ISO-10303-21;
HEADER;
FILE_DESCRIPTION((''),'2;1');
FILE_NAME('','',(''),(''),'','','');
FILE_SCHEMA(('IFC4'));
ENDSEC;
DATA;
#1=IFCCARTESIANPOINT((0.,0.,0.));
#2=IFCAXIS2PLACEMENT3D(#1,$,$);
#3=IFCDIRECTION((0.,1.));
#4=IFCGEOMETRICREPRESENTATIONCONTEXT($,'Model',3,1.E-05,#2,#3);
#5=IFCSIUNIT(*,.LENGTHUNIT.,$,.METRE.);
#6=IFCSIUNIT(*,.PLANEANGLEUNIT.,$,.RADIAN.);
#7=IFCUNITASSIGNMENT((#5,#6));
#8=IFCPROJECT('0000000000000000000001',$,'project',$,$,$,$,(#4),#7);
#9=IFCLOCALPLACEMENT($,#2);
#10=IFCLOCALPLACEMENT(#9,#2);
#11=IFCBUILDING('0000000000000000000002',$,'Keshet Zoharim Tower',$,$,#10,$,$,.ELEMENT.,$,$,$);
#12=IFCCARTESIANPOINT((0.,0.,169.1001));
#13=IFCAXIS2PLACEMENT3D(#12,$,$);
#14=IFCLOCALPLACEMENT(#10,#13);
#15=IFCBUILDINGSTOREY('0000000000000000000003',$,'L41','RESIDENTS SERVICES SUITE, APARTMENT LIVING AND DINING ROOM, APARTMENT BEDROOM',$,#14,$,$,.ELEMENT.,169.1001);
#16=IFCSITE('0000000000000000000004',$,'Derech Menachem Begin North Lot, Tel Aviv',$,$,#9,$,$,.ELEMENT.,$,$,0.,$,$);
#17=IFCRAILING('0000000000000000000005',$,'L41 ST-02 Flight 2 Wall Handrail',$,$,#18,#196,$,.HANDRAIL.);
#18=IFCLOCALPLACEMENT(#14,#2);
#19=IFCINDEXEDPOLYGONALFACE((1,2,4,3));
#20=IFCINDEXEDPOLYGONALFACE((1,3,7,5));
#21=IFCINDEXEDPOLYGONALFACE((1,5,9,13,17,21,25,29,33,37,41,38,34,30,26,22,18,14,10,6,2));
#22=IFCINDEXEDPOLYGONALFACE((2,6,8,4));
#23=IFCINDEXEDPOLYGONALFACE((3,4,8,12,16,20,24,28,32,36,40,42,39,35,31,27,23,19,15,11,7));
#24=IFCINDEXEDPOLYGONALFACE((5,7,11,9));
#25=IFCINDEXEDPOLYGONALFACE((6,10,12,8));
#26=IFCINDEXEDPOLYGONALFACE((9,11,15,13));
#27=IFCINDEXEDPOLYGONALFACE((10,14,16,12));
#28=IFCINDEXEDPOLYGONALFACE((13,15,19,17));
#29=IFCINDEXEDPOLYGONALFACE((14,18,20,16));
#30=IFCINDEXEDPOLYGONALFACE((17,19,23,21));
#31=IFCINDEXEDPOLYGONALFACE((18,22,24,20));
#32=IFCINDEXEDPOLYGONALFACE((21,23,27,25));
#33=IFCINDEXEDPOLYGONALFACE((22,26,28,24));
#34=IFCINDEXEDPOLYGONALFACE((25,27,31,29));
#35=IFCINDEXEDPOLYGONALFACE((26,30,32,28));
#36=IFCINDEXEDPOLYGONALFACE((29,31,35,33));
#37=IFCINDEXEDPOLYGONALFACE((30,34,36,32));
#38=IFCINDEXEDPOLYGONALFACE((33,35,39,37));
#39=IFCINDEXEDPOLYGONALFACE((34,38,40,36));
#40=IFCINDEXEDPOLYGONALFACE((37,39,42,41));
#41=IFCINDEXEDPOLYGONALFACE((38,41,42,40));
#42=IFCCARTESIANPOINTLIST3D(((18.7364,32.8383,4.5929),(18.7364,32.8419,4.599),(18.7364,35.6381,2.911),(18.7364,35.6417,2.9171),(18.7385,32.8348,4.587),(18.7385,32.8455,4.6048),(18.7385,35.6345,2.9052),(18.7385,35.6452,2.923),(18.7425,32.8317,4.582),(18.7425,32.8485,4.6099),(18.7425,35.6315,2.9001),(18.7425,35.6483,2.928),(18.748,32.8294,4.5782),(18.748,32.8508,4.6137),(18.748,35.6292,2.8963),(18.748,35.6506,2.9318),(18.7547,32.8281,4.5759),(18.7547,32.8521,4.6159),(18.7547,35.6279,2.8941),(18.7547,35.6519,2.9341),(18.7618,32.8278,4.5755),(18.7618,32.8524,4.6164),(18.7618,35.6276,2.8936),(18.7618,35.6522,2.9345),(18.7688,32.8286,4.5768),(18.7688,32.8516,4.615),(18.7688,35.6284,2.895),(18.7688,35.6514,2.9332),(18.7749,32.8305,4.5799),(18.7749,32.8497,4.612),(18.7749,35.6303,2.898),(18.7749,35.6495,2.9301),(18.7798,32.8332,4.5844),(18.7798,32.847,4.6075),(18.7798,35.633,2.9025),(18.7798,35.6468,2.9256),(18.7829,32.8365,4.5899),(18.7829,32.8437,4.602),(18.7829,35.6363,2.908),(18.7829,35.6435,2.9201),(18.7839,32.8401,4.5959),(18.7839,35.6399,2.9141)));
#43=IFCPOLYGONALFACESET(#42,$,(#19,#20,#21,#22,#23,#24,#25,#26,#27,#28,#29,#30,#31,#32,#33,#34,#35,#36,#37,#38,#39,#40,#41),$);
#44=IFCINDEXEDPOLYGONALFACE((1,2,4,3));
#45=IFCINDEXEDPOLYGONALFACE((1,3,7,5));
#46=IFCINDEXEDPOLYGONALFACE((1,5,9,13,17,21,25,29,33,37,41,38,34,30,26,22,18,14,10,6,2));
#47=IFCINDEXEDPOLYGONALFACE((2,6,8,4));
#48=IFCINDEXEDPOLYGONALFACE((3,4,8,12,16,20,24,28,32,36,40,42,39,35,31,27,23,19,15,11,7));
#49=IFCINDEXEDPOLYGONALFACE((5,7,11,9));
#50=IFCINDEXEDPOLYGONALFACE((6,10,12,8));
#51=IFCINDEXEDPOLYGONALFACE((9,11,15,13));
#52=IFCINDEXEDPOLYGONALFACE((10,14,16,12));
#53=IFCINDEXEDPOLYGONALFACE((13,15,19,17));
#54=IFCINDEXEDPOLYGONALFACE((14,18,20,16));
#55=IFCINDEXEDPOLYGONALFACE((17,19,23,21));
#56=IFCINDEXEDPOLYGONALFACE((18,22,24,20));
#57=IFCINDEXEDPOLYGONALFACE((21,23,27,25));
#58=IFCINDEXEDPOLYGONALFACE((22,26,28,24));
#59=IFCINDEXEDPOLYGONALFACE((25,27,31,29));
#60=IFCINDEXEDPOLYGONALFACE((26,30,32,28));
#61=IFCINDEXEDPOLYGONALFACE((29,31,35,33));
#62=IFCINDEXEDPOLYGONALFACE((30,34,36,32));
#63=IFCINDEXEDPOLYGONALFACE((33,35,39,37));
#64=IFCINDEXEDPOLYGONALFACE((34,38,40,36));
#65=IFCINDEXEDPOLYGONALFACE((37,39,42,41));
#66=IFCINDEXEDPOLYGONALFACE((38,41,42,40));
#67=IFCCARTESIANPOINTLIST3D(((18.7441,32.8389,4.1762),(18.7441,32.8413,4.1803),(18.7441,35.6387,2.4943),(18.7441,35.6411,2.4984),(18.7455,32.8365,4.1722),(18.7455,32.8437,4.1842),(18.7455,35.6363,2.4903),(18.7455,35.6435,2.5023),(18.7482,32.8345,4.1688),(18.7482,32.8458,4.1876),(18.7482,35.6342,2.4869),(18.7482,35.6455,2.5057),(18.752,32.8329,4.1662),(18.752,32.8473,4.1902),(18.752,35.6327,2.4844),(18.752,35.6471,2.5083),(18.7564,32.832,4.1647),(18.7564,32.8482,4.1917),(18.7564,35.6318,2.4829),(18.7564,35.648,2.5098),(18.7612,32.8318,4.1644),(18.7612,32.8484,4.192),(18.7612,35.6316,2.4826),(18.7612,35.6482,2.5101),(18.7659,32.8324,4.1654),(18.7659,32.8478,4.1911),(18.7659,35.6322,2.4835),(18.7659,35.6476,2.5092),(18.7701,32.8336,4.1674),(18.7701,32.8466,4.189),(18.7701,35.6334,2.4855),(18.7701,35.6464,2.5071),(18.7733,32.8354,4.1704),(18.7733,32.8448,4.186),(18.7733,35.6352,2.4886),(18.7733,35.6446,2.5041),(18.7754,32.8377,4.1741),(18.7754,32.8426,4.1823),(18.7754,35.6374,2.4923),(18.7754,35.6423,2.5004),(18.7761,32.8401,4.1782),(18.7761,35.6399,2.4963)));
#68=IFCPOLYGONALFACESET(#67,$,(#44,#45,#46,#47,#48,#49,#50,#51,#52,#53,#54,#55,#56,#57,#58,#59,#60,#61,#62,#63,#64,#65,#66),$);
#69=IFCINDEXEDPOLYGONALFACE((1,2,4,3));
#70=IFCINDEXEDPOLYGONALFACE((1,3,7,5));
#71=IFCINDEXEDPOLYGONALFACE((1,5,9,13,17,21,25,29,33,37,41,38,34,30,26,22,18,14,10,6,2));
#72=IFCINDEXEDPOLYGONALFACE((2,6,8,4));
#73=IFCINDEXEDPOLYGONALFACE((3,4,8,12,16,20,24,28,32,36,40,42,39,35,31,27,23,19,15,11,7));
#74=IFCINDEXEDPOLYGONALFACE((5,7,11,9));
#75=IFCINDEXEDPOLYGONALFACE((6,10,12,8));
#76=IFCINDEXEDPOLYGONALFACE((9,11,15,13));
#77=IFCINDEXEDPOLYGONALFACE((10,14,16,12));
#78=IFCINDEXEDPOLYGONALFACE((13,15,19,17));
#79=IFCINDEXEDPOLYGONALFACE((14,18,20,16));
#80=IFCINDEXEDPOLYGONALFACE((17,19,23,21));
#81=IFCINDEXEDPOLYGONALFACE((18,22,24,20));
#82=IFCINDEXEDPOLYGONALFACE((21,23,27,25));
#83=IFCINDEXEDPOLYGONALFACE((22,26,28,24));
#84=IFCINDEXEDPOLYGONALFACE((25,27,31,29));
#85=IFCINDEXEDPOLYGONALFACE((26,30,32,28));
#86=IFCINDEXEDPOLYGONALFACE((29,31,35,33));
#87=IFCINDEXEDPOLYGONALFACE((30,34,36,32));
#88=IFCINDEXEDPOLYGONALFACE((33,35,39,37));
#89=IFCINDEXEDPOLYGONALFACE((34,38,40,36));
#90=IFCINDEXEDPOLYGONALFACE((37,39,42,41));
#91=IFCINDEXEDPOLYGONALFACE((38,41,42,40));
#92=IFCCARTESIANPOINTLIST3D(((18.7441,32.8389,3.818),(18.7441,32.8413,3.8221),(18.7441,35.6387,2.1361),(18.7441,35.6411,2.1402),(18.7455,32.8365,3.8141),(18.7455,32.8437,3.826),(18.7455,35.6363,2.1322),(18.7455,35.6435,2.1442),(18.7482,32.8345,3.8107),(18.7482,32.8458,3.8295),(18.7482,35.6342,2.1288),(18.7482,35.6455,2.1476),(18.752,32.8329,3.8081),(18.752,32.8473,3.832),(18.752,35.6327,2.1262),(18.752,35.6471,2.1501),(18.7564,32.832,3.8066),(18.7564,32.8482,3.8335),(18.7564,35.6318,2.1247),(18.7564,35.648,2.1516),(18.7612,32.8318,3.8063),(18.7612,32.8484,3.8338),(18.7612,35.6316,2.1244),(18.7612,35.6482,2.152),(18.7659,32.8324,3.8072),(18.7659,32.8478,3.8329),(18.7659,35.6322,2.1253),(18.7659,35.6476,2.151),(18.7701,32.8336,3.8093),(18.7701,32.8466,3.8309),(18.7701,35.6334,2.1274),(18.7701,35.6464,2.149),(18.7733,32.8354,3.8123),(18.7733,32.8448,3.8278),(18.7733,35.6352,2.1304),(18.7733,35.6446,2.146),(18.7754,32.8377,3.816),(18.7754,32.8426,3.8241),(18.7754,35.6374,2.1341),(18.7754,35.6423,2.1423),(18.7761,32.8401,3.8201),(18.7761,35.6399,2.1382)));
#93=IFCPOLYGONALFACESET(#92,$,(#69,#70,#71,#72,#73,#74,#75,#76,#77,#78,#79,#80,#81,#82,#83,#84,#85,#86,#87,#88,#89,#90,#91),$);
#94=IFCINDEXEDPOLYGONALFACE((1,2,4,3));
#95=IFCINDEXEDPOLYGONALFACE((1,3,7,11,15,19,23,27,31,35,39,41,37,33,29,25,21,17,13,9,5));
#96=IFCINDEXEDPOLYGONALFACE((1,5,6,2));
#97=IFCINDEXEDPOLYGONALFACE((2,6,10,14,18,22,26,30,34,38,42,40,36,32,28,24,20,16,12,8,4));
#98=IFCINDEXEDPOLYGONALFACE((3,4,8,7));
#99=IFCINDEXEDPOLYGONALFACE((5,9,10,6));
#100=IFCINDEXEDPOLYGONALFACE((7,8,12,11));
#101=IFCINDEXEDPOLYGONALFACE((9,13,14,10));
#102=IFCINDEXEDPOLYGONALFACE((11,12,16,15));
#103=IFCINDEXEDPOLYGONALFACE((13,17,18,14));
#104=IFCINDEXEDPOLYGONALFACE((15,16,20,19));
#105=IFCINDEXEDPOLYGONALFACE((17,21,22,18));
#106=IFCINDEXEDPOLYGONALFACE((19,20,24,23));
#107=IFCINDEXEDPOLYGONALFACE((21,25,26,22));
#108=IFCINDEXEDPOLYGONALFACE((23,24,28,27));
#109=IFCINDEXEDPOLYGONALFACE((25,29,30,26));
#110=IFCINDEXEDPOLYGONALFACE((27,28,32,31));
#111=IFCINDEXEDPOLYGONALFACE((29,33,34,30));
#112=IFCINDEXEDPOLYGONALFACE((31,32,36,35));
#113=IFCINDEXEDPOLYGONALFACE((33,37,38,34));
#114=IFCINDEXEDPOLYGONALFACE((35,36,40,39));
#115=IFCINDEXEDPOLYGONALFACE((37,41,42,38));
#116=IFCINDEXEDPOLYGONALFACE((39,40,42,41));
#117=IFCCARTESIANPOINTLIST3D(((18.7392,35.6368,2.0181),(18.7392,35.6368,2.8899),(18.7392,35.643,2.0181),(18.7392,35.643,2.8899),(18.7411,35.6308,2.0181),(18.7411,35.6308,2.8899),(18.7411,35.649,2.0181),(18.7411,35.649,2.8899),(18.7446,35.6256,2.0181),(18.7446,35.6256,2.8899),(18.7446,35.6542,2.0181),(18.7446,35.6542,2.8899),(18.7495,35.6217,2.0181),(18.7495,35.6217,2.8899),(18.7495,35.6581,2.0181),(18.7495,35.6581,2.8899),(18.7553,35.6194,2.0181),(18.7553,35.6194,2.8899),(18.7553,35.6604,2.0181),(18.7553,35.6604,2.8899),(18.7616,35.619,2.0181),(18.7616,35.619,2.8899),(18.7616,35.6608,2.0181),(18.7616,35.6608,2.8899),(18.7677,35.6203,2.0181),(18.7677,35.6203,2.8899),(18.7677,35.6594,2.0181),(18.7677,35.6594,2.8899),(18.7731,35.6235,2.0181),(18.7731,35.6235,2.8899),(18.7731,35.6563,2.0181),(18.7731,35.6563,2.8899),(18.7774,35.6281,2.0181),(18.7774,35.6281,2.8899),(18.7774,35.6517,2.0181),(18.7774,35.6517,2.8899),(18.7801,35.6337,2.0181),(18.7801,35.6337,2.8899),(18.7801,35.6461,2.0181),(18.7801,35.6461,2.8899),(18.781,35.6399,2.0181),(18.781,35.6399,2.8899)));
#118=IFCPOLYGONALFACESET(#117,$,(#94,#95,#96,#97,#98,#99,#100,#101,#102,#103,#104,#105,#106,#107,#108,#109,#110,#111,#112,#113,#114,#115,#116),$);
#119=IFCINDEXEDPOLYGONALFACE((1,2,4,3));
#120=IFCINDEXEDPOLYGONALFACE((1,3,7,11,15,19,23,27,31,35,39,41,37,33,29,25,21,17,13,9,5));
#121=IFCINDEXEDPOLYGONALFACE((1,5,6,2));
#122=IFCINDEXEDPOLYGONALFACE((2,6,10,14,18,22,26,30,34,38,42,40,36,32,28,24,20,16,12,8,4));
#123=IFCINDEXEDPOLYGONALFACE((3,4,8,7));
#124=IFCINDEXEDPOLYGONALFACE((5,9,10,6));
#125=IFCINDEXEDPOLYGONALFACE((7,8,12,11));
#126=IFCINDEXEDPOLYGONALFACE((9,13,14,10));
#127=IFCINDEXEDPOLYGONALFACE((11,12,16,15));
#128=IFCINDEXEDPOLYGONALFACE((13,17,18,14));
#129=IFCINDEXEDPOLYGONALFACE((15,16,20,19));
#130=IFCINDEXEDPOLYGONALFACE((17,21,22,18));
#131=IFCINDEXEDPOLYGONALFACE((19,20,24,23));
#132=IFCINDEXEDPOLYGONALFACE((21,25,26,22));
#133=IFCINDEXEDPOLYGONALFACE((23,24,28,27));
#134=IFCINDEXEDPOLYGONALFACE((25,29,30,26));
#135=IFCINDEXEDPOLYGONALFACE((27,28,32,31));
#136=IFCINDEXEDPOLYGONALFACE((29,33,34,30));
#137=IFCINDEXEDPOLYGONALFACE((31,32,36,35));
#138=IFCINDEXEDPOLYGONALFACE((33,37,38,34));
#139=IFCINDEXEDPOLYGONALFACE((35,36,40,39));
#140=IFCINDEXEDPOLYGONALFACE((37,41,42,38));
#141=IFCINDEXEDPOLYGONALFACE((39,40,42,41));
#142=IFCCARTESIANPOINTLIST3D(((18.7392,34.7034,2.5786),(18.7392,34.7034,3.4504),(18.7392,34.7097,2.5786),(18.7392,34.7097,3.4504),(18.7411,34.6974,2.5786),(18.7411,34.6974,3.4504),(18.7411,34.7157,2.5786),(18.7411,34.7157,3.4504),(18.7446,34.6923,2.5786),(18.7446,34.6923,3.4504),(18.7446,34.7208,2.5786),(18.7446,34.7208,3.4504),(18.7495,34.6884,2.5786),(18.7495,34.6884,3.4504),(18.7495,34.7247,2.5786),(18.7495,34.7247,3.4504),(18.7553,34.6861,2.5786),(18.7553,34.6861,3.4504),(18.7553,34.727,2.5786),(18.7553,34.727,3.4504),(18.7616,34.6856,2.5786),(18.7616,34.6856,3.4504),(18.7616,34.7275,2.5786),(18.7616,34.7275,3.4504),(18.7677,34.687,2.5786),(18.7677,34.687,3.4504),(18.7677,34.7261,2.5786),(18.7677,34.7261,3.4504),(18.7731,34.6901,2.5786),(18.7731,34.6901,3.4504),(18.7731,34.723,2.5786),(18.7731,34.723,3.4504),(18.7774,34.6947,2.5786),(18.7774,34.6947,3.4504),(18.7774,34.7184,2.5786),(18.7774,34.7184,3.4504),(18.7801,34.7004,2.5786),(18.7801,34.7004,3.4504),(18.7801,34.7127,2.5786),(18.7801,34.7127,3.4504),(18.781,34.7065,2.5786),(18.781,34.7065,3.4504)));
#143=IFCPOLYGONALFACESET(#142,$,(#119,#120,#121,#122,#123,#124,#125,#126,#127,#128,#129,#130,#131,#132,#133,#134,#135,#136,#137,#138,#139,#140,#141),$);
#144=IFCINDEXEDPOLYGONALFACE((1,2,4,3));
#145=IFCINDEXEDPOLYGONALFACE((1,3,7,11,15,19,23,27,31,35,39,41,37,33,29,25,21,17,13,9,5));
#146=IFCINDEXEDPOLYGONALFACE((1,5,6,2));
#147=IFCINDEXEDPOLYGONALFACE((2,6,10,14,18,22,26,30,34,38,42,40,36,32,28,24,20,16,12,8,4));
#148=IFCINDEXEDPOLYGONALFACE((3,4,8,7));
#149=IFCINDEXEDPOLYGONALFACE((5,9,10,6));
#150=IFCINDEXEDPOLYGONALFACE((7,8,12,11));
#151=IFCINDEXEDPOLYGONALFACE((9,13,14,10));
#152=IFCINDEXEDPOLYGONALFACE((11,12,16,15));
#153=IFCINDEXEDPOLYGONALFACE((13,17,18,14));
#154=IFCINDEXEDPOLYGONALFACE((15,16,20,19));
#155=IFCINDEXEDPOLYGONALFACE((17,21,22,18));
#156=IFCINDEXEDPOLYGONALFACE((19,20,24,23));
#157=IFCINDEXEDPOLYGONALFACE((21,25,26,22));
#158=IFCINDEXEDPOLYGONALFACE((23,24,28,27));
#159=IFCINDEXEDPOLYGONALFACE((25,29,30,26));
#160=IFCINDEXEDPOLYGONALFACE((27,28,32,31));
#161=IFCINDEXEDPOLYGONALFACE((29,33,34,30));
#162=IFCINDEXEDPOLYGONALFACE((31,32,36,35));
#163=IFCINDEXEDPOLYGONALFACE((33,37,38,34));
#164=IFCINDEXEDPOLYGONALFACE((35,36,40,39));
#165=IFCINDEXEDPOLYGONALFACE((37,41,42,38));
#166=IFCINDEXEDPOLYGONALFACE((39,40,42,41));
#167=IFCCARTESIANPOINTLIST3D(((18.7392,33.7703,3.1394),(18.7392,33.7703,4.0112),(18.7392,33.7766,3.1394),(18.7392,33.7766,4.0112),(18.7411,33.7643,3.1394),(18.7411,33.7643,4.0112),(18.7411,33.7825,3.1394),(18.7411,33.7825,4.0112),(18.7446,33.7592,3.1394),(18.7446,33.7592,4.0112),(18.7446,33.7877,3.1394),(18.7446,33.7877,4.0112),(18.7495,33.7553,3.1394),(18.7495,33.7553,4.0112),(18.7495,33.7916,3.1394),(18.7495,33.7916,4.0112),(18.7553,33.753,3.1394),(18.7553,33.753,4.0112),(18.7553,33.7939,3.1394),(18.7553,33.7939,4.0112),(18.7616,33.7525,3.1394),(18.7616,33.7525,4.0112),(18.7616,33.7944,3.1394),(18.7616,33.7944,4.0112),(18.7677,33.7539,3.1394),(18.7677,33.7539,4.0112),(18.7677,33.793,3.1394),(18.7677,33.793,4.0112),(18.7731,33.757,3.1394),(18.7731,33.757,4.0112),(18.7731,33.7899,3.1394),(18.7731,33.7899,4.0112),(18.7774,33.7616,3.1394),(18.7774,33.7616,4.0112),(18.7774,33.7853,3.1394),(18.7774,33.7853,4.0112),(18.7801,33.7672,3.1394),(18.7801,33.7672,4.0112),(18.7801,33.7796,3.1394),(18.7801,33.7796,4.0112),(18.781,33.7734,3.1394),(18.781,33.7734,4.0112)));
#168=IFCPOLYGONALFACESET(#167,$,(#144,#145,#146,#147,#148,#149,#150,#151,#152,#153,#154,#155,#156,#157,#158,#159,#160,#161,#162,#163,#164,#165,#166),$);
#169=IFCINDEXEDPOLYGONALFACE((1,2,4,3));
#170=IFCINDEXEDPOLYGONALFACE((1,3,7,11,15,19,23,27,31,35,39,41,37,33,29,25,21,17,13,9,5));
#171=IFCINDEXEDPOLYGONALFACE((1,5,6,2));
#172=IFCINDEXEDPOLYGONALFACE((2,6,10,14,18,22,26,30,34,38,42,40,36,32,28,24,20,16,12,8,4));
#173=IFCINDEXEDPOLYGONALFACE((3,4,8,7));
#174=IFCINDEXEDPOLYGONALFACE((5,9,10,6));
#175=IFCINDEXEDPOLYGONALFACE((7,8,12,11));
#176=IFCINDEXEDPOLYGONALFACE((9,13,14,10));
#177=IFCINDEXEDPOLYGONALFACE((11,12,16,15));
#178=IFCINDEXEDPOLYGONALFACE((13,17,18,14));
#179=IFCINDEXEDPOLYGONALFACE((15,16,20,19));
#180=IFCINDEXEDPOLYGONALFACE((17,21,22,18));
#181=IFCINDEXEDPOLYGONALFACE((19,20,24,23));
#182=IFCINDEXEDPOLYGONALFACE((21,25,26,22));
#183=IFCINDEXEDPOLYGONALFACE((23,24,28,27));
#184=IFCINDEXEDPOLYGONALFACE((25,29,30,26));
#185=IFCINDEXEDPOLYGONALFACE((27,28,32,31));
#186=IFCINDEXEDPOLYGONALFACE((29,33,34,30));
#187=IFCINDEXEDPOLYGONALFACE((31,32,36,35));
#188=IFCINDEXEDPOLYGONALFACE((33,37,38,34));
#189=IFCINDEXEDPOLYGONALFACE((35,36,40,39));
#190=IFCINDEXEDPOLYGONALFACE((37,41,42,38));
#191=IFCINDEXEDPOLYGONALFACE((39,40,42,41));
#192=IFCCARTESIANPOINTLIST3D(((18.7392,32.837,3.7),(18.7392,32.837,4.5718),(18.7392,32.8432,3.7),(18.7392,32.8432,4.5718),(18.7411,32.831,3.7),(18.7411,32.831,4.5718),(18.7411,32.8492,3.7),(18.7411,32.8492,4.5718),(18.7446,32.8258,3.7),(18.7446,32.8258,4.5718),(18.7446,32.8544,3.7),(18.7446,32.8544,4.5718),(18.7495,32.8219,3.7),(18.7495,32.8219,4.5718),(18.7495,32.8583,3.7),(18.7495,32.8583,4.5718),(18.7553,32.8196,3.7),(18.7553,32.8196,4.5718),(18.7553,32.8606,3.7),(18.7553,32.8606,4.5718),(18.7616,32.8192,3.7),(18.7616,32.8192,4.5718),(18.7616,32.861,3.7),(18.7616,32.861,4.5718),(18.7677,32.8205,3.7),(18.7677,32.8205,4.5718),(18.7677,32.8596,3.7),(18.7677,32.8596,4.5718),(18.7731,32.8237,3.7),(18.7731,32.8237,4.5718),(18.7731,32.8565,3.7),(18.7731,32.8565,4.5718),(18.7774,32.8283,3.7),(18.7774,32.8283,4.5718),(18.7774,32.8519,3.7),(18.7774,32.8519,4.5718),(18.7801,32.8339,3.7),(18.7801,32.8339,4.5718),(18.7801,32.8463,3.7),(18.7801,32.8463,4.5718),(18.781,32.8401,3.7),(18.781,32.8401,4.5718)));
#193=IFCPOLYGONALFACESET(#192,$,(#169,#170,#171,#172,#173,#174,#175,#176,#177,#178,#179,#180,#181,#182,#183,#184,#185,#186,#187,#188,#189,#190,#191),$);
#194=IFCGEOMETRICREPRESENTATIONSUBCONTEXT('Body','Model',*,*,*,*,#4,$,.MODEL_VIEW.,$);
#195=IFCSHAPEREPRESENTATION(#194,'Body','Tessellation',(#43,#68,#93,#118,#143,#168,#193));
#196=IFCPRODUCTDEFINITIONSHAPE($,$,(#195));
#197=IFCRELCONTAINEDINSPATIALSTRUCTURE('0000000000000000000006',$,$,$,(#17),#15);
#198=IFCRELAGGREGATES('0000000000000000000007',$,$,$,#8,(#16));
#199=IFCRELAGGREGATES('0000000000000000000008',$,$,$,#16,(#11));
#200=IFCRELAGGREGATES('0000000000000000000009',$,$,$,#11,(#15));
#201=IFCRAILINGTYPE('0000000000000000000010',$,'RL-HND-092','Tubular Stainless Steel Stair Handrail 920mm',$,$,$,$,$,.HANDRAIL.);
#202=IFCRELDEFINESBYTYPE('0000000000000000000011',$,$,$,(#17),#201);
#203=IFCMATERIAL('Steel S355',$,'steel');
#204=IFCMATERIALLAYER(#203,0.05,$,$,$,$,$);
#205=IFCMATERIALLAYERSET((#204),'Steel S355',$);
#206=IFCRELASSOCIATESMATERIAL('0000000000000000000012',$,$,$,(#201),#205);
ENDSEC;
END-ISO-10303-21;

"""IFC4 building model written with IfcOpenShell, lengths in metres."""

from ifc_helpers import new_model, si_unit, direction, frame, origin, origin_2d, place, context, subcontext, project, spatial, circle, extrude, material, layer, layer_set, type_object, element, save


model = new_model("IFC4")

# Units and contexts
model_context = context("Model", 3, precision=1e-05, world=origin(), true_north=direction((0.0, 1.0)))
body_context = subcontext(model_context, "Body", "Model", "MODEL_VIEW")
ifc_project = project(units=[si_unit("LENGTHUNIT", "METRE"), si_unit("PLANEANGLEUNIT", "RADIAN")], contexts=[model_context])

# Site, building, storey
site_placement = place(None, origin())
site = spatial("IfcSite", under=ifc_project, at=site_placement, Name="Derech Menachem Begin North Lot, Tel Aviv", CompositionType="ELEMENT", RefElevation=0.0)
building_placement = place(site_placement, origin())
building = spatial("IfcBuilding", under=site, at=building_placement, Name="Keshet Zoharim Tower", CompositionType="ELEMENT")
storey_placement = place(building_placement, frame((0.0, 0.0, 169.1001)))
storey = spatial("IfcBuildingStorey", under=building, at=storey_placement, Name="L41", Description="RESIDENTS SERVICES SUITE, APARTMENT LIVING AND DINING ROOM, APARTMENT BEDROOM", CompositionType="ELEMENT", Elevation=169.1001)

# Shared definitions
ifc_material_1 = material(Name="Steel S355", Category="steel")

# Railing
ifc_layer_1 = layer(ifc_material_1, 0.05)
ifc_layer_set_1 = layer_set([ifc_layer_1], Name="Steel S355")
railing_type_1 = type_object("IfcRailingType", Name="RL-HND-092", Description="Tubular Stainless Steel Stair Handrail 920mm", PredefinedType="HANDRAIL", material=ifc_layer_set_1)
railing_1_placement = place(storey_placement, frame((18.76, 35.6399, 2.0181)))
element("IfcRailing", 1, at=railing_1_placement, inside=storey, type_object=railing_type_1, Name="L41 ST-02 Flight 2 Wall Handrail", PredefinedType="HANDRAIL", context=body_context, shape_type="SweptSolid", body=[
    extrude(circle(Radius=0.0239, at=origin_2d()), frame((0.0, 0.0, 0.896), z_axis=(0.0, -0.857222, 0.514946), x_axis=(1.0, 0.0, 0.0)), (0.0, 0.0, 1.0), 3.2661),
    extrude(circle(Radius=0.0161, at=origin_2d()), frame((0.0, 0.0, 0.4783), z_axis=(0.0, -0.857222, 0.514946), x_axis=(1.0, 0.0, 0.0)), (0.0, 0.0, 1.0), 3.2661),
    extrude(circle(Radius=0.0161, at=origin_2d()), frame((0.0, 0.0, 0.1201), z_axis=(0.0, -0.857222, 0.514946), x_axis=(1.0, 0.0, 0.0)), (0.0, 0.0, 1.0), 3.2661),
    extrude(circle(Radius=0.021, at=origin_2d()), origin(), (0.0, 0.0, 1.0), 0.8718),
    extrude(circle(Radius=0.021, at=origin_2d()), frame((0.0, -0.9333, 0.5605)), (0.0, 0.0, 1.0), 0.8718),
    extrude(circle(Radius=0.021, at=origin_2d()), frame((0.0, -1.8665, 1.1213)), (0.0, 0.0, 1.0), 0.8718),
    extrude(circle(Radius=0.021, at=origin_2d()), frame((0.0, -2.7998, 1.6819)), (0.0, 0.0, 1.0), 0.8718),
])

save(model, "model.ifc")
